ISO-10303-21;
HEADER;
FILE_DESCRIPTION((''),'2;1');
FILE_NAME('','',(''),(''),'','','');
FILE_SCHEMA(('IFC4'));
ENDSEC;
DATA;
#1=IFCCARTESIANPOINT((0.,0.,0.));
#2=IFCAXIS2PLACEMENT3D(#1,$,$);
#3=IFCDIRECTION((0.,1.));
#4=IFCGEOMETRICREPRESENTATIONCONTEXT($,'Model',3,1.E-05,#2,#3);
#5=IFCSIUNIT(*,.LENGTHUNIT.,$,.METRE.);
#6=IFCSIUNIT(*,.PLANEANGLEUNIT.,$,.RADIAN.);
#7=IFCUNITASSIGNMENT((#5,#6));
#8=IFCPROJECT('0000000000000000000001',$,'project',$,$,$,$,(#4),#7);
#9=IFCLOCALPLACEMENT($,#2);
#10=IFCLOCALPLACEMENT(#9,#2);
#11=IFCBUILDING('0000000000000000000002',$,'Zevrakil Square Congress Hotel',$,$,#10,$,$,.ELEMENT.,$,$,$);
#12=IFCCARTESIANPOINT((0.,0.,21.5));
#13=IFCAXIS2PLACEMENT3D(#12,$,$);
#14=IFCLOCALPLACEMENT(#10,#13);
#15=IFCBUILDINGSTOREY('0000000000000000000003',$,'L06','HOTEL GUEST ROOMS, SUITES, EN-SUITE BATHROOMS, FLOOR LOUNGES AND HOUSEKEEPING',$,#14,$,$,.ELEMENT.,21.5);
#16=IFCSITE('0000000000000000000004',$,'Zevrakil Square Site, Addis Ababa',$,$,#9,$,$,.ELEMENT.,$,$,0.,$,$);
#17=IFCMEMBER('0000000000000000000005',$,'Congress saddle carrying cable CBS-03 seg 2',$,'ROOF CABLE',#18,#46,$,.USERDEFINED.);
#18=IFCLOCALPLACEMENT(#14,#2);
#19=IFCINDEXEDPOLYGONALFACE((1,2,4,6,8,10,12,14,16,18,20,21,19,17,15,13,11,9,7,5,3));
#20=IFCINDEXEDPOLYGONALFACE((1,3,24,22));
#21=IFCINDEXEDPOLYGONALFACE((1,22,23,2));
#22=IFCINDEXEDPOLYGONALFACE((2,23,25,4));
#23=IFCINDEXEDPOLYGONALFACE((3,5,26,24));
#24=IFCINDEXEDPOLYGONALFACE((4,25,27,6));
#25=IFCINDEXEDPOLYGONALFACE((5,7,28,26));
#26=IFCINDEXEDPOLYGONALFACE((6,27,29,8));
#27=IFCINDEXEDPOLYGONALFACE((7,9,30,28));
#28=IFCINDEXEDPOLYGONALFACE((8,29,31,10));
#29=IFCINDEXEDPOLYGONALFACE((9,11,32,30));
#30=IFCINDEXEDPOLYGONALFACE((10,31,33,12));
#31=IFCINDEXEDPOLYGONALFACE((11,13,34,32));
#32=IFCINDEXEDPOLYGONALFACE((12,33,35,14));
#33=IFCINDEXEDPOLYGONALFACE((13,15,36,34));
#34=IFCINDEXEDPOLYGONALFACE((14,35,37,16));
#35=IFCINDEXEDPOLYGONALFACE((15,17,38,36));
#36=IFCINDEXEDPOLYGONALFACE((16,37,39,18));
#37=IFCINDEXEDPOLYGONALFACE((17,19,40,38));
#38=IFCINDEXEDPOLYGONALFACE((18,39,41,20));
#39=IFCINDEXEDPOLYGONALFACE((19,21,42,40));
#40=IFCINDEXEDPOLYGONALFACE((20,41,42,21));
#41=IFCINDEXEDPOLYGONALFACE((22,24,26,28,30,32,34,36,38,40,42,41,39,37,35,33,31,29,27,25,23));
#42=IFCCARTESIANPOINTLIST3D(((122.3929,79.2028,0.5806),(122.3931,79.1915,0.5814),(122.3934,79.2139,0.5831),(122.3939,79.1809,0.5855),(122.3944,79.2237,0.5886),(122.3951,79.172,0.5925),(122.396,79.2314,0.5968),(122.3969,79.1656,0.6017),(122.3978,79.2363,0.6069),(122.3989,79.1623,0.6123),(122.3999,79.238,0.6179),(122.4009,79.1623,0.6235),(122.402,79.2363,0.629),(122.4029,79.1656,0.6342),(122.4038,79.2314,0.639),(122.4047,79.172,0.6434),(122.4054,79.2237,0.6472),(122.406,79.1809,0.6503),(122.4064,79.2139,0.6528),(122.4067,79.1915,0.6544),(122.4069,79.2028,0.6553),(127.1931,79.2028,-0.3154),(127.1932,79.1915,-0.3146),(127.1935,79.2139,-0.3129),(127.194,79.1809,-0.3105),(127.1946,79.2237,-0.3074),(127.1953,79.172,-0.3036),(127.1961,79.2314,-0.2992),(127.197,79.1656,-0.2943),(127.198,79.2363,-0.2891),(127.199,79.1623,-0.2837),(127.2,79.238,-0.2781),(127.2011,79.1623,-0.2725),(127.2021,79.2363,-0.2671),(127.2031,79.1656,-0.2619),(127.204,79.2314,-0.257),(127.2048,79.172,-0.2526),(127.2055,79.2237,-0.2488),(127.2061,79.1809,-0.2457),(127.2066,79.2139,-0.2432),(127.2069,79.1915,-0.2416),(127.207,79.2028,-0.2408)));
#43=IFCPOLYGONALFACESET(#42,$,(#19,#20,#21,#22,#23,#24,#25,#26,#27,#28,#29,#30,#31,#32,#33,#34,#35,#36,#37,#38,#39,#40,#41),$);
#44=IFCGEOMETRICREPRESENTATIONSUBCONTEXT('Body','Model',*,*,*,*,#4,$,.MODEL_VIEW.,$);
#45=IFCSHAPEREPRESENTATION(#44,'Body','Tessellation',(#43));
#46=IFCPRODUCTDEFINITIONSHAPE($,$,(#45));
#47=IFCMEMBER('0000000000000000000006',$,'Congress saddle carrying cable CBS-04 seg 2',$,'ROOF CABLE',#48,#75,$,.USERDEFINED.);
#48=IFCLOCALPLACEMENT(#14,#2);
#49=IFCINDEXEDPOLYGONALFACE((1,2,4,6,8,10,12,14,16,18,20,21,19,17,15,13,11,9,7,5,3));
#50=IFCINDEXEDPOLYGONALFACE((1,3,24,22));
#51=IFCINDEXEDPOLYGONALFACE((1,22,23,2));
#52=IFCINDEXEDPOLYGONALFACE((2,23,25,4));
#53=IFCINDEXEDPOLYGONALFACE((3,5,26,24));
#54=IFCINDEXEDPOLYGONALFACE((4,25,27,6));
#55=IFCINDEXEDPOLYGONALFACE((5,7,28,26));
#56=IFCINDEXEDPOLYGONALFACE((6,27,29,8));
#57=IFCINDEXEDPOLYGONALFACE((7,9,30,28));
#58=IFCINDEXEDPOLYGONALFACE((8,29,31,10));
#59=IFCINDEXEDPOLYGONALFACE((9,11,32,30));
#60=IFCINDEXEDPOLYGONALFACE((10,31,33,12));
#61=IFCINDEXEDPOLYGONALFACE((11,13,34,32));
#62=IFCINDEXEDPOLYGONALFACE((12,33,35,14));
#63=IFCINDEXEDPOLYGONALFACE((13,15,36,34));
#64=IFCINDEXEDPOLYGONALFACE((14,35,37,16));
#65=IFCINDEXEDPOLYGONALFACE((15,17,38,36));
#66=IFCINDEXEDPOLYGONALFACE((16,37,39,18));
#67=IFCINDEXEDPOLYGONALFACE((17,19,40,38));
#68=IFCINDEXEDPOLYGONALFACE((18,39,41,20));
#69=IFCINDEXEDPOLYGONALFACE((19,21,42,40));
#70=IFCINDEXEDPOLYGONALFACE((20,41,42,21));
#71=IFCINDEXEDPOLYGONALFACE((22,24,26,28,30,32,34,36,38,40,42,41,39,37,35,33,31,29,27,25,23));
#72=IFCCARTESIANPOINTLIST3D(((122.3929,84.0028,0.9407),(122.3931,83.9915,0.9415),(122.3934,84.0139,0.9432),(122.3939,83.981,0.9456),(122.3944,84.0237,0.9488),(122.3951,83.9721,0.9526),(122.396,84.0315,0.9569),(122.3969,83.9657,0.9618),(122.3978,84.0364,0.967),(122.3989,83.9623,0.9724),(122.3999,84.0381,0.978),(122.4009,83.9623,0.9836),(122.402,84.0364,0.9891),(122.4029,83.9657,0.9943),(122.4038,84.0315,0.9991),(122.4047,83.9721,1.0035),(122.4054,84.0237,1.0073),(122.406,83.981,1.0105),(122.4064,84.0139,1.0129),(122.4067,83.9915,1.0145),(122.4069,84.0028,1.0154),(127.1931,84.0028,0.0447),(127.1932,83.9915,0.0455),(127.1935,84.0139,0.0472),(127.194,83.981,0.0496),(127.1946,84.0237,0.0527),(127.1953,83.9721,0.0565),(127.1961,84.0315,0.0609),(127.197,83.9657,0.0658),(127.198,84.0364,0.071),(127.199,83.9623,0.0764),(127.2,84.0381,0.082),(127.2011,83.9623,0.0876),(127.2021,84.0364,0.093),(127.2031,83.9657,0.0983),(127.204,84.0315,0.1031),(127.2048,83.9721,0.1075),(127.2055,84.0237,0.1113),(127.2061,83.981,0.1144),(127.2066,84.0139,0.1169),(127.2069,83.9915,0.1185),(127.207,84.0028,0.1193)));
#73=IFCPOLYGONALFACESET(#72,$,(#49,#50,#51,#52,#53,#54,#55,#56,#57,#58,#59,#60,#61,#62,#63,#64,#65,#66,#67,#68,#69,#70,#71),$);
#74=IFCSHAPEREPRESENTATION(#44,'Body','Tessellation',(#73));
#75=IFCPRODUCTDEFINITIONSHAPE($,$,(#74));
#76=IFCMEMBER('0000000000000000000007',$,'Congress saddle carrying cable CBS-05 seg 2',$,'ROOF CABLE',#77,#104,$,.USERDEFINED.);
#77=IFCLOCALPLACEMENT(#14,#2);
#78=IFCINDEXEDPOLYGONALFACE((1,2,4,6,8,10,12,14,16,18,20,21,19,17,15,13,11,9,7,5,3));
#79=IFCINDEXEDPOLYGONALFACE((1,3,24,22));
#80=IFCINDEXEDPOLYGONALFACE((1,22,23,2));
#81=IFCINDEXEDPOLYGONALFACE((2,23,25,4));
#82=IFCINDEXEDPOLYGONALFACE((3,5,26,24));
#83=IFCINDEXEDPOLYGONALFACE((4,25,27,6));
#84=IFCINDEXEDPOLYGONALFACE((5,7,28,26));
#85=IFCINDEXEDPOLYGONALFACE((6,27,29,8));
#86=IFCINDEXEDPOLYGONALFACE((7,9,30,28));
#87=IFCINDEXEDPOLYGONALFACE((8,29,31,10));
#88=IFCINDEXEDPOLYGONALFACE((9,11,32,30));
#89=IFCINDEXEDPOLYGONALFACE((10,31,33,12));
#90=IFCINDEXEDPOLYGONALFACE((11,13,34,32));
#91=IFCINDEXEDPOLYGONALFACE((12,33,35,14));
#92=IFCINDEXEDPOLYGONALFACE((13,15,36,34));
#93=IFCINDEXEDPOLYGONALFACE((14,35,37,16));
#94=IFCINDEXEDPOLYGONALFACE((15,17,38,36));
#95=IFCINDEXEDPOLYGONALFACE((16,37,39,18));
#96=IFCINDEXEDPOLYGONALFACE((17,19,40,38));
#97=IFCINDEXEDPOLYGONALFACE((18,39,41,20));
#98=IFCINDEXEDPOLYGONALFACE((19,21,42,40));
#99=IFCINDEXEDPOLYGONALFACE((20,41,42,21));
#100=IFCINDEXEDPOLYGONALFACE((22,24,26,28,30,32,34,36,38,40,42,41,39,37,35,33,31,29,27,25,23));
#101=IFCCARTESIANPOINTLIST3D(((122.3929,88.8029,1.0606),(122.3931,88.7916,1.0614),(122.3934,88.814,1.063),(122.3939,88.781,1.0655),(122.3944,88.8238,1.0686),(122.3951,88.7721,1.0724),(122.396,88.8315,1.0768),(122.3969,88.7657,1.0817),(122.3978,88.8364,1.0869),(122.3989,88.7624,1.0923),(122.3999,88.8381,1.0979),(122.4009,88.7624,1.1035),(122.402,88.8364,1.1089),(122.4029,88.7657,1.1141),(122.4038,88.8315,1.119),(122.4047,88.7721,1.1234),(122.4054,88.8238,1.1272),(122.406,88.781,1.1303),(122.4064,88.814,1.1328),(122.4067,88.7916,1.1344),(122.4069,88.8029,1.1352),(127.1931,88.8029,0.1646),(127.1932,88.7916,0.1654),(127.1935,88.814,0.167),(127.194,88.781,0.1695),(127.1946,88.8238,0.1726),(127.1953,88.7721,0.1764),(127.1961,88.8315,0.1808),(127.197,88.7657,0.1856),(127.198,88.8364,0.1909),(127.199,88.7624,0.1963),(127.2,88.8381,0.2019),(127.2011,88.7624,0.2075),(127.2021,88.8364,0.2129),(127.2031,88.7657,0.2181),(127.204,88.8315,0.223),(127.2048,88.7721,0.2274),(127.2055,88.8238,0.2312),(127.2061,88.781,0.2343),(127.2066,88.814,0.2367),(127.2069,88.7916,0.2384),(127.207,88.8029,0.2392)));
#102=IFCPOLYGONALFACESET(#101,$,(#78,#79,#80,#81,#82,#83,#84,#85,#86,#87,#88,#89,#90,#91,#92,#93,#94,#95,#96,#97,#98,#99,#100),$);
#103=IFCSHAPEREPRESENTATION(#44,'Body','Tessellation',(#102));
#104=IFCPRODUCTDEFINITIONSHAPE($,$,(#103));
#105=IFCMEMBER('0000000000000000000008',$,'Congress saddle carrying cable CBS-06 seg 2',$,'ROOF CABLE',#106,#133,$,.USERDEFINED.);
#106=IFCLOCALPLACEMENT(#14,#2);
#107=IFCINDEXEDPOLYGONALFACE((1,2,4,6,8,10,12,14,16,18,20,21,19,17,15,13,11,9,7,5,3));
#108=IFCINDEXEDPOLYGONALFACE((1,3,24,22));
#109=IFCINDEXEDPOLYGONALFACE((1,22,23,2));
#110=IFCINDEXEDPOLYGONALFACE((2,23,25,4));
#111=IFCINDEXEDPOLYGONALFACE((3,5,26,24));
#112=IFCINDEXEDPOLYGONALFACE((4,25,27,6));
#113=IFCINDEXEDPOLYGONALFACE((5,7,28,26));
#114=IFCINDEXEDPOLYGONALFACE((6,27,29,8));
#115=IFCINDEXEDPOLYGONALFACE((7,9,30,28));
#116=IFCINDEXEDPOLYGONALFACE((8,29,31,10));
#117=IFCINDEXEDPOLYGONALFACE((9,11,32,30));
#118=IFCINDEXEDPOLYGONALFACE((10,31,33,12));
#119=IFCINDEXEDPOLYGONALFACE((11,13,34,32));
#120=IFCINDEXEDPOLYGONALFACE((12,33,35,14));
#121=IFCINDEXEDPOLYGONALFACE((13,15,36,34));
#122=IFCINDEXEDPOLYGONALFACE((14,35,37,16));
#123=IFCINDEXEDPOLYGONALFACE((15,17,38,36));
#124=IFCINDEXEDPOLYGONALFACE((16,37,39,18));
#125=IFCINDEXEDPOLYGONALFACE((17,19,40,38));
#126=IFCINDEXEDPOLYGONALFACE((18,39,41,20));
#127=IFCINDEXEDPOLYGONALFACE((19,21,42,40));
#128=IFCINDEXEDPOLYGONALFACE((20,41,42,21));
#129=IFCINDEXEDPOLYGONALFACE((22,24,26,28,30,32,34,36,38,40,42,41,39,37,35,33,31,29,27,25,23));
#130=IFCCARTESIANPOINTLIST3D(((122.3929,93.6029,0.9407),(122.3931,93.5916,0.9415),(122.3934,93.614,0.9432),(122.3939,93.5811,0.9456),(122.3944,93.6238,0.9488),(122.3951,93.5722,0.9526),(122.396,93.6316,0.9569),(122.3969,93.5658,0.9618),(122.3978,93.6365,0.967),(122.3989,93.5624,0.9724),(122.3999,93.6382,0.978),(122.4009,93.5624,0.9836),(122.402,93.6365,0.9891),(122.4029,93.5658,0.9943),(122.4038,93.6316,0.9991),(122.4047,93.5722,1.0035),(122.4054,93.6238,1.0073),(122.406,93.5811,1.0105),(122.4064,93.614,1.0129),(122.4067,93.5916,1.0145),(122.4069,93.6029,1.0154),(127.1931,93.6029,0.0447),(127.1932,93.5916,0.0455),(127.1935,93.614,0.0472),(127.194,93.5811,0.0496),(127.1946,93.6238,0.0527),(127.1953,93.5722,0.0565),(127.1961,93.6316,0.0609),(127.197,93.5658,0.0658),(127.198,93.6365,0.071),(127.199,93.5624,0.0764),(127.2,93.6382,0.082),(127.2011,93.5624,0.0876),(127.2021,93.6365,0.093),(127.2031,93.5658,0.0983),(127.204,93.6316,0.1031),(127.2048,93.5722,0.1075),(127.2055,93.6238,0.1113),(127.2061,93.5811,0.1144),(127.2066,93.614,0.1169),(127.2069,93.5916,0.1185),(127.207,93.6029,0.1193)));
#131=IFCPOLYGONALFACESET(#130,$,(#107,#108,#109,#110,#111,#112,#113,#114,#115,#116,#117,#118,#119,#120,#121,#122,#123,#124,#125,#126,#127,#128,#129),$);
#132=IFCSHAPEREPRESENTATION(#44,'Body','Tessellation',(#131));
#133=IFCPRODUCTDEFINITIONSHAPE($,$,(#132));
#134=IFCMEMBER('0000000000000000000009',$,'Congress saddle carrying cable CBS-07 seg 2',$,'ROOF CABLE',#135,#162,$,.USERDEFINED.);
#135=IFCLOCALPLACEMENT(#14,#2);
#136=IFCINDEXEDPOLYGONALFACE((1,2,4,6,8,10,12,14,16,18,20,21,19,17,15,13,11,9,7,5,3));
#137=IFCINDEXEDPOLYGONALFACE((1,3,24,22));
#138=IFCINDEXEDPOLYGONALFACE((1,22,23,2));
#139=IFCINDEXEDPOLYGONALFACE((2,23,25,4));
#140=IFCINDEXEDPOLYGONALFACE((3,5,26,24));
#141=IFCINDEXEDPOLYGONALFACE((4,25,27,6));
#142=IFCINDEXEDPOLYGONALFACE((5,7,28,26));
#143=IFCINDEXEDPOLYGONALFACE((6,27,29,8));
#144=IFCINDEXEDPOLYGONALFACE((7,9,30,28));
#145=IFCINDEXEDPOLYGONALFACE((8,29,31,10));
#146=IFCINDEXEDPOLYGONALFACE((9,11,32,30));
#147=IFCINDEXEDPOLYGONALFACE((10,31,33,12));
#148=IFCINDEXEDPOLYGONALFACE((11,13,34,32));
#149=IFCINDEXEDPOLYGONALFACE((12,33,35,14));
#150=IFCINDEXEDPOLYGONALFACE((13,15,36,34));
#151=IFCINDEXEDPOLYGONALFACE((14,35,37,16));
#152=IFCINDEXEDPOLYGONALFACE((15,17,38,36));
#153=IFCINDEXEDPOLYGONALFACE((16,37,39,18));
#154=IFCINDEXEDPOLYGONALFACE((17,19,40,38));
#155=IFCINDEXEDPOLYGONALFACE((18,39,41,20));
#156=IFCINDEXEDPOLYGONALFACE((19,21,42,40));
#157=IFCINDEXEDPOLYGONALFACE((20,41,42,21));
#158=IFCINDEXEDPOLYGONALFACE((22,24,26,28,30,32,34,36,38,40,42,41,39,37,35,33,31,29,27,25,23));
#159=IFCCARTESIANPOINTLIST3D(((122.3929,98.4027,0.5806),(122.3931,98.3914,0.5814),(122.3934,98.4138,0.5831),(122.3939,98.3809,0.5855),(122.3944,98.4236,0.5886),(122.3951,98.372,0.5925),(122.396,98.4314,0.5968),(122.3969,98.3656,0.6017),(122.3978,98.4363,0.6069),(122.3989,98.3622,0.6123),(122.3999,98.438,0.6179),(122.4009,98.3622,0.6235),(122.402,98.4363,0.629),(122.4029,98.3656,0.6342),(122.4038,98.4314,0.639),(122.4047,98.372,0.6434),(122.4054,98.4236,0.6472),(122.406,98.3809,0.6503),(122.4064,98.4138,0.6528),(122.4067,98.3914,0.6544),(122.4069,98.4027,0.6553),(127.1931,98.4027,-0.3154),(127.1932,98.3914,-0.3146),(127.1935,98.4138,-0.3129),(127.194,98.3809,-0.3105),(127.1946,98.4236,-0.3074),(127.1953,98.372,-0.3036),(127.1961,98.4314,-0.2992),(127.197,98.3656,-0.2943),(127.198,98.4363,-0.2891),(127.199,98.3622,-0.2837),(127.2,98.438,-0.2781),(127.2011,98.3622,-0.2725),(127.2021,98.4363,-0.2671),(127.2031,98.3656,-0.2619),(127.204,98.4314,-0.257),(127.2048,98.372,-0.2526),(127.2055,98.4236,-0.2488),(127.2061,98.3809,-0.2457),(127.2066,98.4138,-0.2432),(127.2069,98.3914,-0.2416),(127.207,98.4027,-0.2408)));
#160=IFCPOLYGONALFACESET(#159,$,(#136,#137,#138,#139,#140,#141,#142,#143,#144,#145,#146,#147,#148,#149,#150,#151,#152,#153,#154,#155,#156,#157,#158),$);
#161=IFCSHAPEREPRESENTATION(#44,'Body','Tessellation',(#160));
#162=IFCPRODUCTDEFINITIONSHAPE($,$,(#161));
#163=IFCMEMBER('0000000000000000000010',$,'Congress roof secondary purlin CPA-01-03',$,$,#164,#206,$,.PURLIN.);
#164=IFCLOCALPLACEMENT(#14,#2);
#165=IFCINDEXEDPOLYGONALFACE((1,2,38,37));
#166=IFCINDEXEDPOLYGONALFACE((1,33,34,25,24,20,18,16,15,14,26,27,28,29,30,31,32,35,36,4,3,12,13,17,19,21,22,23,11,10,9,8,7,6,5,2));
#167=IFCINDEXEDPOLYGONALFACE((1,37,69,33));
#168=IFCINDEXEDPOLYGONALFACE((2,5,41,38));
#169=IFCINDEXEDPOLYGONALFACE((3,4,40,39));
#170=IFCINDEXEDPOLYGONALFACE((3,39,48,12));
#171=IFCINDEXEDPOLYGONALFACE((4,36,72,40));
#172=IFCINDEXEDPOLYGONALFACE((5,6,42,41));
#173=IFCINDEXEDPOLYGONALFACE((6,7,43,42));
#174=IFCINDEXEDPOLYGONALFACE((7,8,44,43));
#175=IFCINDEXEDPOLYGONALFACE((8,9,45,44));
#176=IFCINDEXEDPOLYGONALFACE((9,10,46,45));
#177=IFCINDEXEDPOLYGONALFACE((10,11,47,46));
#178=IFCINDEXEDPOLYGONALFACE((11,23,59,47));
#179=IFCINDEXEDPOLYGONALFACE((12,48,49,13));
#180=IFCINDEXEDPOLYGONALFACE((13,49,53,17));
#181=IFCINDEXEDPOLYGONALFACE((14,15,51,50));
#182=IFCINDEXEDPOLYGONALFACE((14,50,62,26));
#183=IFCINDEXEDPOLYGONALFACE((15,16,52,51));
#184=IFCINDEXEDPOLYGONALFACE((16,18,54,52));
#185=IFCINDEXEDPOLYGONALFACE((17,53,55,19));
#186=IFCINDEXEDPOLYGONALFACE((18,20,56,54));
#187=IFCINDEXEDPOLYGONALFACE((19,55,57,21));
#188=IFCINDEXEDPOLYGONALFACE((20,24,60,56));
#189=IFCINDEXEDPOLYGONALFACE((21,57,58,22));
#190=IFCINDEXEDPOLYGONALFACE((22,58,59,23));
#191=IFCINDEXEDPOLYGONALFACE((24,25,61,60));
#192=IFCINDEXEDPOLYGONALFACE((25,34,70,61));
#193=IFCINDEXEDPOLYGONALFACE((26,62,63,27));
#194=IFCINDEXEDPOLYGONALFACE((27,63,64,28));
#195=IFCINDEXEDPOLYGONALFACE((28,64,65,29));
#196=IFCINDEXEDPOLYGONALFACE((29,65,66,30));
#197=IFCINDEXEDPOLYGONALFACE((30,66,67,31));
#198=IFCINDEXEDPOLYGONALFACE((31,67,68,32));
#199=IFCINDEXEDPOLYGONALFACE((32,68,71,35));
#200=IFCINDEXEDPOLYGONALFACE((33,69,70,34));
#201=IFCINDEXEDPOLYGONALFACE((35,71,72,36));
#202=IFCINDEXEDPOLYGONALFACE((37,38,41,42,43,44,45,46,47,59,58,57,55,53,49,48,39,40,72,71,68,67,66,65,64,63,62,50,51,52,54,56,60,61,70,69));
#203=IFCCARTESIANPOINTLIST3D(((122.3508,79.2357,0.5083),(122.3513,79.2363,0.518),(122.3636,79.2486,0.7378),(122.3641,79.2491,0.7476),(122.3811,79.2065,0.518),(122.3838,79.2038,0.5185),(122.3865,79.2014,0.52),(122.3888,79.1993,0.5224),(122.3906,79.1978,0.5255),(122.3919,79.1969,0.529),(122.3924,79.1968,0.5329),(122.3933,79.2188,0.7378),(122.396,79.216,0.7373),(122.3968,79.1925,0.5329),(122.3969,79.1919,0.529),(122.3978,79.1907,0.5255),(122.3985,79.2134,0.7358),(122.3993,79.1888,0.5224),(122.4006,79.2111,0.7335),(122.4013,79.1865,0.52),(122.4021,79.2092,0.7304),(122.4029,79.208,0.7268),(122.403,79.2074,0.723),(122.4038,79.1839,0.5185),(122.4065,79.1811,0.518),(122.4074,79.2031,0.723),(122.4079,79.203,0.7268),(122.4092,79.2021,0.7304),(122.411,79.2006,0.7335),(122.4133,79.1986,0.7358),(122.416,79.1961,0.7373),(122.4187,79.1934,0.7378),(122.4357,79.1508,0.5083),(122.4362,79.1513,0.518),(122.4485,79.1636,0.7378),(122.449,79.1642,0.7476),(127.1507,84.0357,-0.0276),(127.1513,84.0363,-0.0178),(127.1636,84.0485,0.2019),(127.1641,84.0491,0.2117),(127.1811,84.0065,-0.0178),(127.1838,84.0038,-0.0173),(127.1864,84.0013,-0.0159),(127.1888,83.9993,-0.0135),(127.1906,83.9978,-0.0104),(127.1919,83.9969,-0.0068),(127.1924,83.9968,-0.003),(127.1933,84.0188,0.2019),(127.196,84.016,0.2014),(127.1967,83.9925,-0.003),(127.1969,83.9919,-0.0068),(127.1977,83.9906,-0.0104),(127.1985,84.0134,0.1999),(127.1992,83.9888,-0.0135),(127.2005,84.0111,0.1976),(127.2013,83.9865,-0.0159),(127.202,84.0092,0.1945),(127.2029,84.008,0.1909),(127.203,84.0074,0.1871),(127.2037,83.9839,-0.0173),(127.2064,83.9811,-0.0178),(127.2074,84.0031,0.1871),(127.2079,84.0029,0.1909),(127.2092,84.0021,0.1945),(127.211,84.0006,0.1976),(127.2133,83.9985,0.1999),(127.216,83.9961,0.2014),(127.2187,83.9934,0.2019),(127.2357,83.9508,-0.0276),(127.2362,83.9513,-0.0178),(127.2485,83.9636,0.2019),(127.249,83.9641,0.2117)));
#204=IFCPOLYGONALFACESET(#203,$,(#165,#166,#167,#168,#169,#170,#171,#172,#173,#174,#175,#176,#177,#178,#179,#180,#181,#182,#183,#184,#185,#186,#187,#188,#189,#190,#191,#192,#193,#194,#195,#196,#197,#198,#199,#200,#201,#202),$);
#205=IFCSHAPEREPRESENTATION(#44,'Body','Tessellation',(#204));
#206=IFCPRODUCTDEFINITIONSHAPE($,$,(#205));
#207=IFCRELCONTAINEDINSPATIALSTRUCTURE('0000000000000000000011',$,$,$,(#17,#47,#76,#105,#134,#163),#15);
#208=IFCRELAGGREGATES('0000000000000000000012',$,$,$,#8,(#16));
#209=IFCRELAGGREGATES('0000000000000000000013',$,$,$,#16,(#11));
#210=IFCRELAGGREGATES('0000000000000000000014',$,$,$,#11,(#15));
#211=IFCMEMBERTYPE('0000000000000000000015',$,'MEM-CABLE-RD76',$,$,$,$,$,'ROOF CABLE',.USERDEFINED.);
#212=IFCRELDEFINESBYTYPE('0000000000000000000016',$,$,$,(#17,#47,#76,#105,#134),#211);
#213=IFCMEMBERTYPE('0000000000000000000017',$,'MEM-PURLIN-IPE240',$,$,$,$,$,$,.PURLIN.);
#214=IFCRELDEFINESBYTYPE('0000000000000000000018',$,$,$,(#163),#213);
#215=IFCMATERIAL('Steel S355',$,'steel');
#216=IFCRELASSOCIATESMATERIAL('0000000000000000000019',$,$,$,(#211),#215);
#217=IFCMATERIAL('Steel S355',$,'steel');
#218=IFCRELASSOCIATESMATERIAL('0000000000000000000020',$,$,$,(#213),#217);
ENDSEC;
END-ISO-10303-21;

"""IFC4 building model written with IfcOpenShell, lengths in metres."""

from ifc_helpers import new_model, si_unit, direction, frame, origin, origin_2d, place, context, subcontext, project, spatial, circle, i_section, extrude, material, material_profile, profile_set, type_object, element, save


model = new_model("IFC4")

# Units and contexts
model_context = context("Model", 3, precision=1e-05, world=origin(), true_north=direction((0.0, 1.0)))
body_context = subcontext(model_context, "Body", "Model", "MODEL_VIEW")
ifc_project = project(units=[si_unit("LENGTHUNIT", "METRE"), si_unit("PLANEANGLEUNIT", "RADIAN")], contexts=[model_context])

# Site, building, storey
site_placement = place(None, origin())
site = spatial("IfcSite", under=ifc_project, at=site_placement, Name="Zevrakil Square Site, Addis Ababa", CompositionType="ELEMENT", RefElevation=0.0)
building_placement = place(site_placement, origin())
building = spatial("IfcBuilding", under=site, at=building_placement, Name="Zevrakil Square Congress Hotel", CompositionType="ELEMENT")
storey_placement = place(building_placement, frame((0.0, 0.0, 21.5)))
storey = spatial("IfcBuildingStorey", under=building, at=storey_placement, Name="L06", Description="HOTEL GUEST ROOMS, SUITES, EN-SUITE BATHROOMS, FLOOR LOUNGES AND HOUSEKEEPING", CompositionType="ELEMENT", Elevation=21.5)

# Members
ifc_material_1 = material(Name="Steel S355", Category="steel")
ifc_material_profile_1 = material_profile(ifc_material_1, circle(Radius=0.0381, at=origin_2d()), Name="CABLE RD76")
ifc_profile_set_1 = profile_set([ifc_material_profile_1], Name="Steel S355")
member_type_1 = type_object("IfcMemberType", Name="MEM-CABLE-RD76", ElementType="ROOF CABLE", PredefinedType="USERDEFINED", material=ifc_profile_set_1)
for number, where, z_axis, x_axis, name in (
    (1, (122.3999, 79.2, 0.6179), (0.983021, 0.0, -0.183495), (0.0, 1.0, 0.0), "Congress saddle carrying cable CBS-03 seg 2"),
    (2, (122.3999, 84.0, 0.978), (0.983021, 0.0, -0.183495), (0.0, 1.0, 0.0), "Congress saddle carrying cable CBS-04 seg 2"),
    (3, (122.3999, 88.8, 1.0979), (0.983021, 0.0, -0.183495), (0.0, 1.0, 0.0), "Congress saddle carrying cable CBS-05 seg 2"),
    (4, (122.3999, 93.6001, 0.978), (0.983021, 0.0, -0.183495), (0.0, 1.0, 0.0), "Congress saddle carrying cable CBS-06 seg 2"),
    (5, (122.3999, 98.3999, 0.6179), (0.983021, 0.0, -0.183495), (0.0, 1.0, 0.0), "Congress saddle carrying cable CBS-07 seg 2"),
):
    element("IfcMember", number, at=place(storey_placement, frame(where, z_axis=z_axis, x_axis=x_axis)), inside=storey, type_object=member_type_1, Name=name, ObjectType="ROOF CABLE", PredefinedType="USERDEFINED", context=body_context, shape_type="SweptSolid", body=[
        extrude(circle(Radius=0.0381, at=origin_2d()), origin(), (0.0, 0.0, 1.0), 4.8831),
    ])
ifc_material_2 = material(Name="Steel S355", Category="steel")
ifc_material_profile_2 = material_profile(ifc_material_2, i_section(OverallWidth=0.1201, OverallDepth=0.24, WebThickness=0.0061, FlangeThickness=0.0098, FilletRadius=0.0149, at=origin_2d()), Name="IPE 240")
ifc_profile_set_2 = profile_set([ifc_material_profile_2], Name="Steel S355")
member_type_2 = type_object("IfcMemberType", Name="MEM-PURLIN-IPE240", PredefinedType="PURLIN", material=ifc_profile_set_2)
member_1_placement = place(storey_placement, frame((122.3999, 79.2, 0.6279), z_axis=(0.704914, 0.704914, -0.078698), x_axis=(-0.707107, 0.707107, 0.0)))
element("IfcMember", 6, at=member_1_placement, inside=storey, type_object=member_type_2, Name="Congress roof secondary purlin CPA-01-03", PredefinedType="PURLIN", context=body_context, shape_type="SweptSolid", body=[
    extrude(i_section(OverallWidth=0.1201, OverallDepth=0.24, WebThickness=0.0061, FlangeThickness=0.0098, FilletRadius=0.0149, at=origin_2d()), origin(), (0.0, 0.0, 1.0), 6.8093),
])

save(model, "model.ifc")
